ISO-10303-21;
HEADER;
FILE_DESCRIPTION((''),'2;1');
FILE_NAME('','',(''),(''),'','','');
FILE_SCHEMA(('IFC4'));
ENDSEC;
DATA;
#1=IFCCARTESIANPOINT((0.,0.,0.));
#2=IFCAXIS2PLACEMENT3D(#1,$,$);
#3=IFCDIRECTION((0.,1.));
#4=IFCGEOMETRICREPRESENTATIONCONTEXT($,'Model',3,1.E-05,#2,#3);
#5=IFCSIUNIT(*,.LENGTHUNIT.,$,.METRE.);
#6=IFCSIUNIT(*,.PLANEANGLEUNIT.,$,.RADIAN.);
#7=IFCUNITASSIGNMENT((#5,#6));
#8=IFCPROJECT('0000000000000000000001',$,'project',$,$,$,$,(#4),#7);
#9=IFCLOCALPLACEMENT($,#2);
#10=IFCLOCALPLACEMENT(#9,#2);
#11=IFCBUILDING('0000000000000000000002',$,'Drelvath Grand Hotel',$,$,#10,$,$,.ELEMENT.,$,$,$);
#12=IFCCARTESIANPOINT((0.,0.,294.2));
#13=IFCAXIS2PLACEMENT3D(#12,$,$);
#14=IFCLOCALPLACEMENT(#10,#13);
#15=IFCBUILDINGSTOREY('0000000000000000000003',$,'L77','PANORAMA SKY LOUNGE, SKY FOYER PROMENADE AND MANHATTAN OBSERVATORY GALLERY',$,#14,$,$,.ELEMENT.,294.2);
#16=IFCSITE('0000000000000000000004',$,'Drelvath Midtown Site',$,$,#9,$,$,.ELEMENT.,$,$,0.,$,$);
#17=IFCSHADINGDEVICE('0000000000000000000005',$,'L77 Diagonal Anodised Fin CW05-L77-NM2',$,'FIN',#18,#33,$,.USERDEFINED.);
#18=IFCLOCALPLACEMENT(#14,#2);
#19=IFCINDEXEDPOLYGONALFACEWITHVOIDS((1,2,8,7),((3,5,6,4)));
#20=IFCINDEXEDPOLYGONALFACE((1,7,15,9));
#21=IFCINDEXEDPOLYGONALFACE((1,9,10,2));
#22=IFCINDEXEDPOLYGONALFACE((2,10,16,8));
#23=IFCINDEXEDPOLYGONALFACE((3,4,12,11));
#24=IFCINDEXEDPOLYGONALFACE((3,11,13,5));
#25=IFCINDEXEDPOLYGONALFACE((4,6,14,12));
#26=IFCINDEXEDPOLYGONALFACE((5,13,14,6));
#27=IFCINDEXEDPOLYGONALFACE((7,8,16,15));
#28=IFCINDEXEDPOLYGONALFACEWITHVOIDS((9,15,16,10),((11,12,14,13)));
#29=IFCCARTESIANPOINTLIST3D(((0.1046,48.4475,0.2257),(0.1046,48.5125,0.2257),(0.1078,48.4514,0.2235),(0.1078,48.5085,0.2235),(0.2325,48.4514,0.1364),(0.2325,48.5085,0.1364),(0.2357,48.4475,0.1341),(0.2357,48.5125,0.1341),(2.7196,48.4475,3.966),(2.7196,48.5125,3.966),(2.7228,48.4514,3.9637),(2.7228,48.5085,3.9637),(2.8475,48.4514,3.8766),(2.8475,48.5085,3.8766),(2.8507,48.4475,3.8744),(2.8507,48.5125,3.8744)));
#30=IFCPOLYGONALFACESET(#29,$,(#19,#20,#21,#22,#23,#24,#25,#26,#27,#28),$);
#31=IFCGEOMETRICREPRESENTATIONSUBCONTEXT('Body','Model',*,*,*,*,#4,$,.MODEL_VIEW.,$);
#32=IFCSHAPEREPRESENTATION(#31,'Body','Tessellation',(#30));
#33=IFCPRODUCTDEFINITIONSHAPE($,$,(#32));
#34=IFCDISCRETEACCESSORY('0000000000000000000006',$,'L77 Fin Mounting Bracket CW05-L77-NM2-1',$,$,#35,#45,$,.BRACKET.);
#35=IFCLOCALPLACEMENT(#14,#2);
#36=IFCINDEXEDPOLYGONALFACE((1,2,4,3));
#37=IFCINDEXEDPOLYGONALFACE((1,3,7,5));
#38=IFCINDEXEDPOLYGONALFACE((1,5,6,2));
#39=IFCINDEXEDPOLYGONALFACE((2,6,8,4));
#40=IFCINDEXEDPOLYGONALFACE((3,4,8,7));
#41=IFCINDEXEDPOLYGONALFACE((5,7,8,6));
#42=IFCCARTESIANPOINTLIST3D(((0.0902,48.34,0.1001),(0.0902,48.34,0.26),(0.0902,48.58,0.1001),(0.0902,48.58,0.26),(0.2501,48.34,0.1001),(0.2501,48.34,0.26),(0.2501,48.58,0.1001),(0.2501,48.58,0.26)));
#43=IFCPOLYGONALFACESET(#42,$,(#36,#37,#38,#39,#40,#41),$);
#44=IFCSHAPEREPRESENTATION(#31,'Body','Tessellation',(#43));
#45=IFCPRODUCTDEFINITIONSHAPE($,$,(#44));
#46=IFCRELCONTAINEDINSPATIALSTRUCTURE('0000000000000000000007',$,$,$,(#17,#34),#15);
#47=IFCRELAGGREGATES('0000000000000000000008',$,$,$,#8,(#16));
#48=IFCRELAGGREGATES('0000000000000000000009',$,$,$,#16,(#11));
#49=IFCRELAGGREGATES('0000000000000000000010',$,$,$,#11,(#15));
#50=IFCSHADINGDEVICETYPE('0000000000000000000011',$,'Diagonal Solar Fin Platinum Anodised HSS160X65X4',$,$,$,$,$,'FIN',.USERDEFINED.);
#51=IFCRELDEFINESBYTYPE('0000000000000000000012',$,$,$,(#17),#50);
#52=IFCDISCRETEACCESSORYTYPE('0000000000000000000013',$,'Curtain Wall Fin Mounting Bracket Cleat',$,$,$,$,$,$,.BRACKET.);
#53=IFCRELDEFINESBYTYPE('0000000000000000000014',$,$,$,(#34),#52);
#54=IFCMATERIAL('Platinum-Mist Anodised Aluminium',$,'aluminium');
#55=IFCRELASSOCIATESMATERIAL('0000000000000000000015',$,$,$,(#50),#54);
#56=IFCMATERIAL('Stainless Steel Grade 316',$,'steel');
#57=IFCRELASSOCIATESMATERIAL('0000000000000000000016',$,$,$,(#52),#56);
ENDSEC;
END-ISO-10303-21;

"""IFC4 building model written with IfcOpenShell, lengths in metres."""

from ifc_helpers import new_model, si_unit, direction, frame, origin, origin_2d, place, context, subcontext, project, spatial, rectangle, hollow_rectangle, extrude, material, material_profile, profile_set, type_object, element, save


model = new_model("IFC4")

# Units and contexts
model_context = context("Model", 3, precision=1e-05, world=origin(), true_north=direction((0.0, 1.0)))
body_context = subcontext(model_context, "Body", "Model", "MODEL_VIEW")
ifc_project = project(units=[si_unit("LENGTHUNIT", "METRE"), si_unit("PLANEANGLEUNIT", "RADIAN")], contexts=[model_context])

# Site, building, storey
site_placement = place(None, origin())
site = spatial("IfcSite", under=ifc_project, at=site_placement, Name="Drelvath Midtown Site", CompositionType="ELEMENT", RefElevation=0.0)
building_placement = place(site_placement, origin())
building = spatial("IfcBuilding", under=site, at=building_placement, Name="Drelvath Grand Hotel", CompositionType="ELEMENT")
storey_placement = place(building_placement, frame((0.0, 0.0, 294.2)))
storey = spatial("IfcBuildingStorey", under=building, at=storey_placement, Name="L77", Description="PANORAMA SKY LOUNGE, SKY FOYER PROMENADE AND MANHATTAN OBSERVATORY GALLERY", CompositionType="ELEMENT", Elevation=294.2)

# Shading device
ifc_material_1 = material(Name="Platinum-Mist Anodised Aluminium", Category="aluminium")
ifc_material_profile_1 = material_profile(ifc_material_1, hollow_rectangle(XDim=0.0649, YDim=0.1599, WallThickness=0.0039, at=origin_2d()), Name="HSS160X65X4")
ifc_profile_set_1 = profile_set([ifc_material_profile_1], Name="Platinum-Mist Anodised Aluminium")
shading_device_type = type_object("IfcShadingDeviceType", Name="Diagonal Solar Fin Platinum Anodised HSS160X65X4", ElementType="FIN", PredefinedType="USERDEFINED", material=ifc_profile_set_1)
shading_device_placement = place(storey_placement, frame((0.1702, 48.48, 0.1799), z_axis=(0.572996, 0.0, 0.819559), x_axis=(0.0, 1.0, 0.0)))
element("IfcShadingDevice", 1, at=shading_device_placement, inside=storey, type_object=shading_device_type, Name="L77 Diagonal Anodised Fin CW05-L77-NM2", ObjectType="FIN", PredefinedType="USERDEFINED", context=body_context, shape_type="SweptSolid", body=[
    extrude(hollow_rectangle(XDim=0.0649, YDim=0.1599, WallThickness=0.0039, at=origin_2d()), origin(), (0.0, 0.0, 1.0), 4.5637),
])

# Discrete accessory
ifc_material_2 = material(Name="Stainless Steel Grade 316", Category="steel")
discrete_accessory_type = type_object("IfcDiscreteAccessoryType", Name="Curtain Wall Fin Mounting Bracket Cleat", PredefinedType="BRACKET", material=ifc_material_2)
discrete_accessory_placement = place(storey_placement, frame((0.1702, 48.46, 0.1001), z_axis=(0.0, 0.0, 1.0), x_axis=(1.0, 0.0, 0.0)))
element("IfcDiscreteAccessory", 2, at=discrete_accessory_placement, inside=storey, type_object=discrete_accessory_type, Name="L77 Fin Mounting Bracket CW05-L77-NM2-1", PredefinedType="BRACKET", context=body_context, shape_type="SweptSolid", body=[
    extrude(rectangle(XDim=0.1599, YDim=0.24, at=origin_2d()), origin(), (0.0, 0.0, 1.0), 0.1599),
])

save(model, "model.ifc")
